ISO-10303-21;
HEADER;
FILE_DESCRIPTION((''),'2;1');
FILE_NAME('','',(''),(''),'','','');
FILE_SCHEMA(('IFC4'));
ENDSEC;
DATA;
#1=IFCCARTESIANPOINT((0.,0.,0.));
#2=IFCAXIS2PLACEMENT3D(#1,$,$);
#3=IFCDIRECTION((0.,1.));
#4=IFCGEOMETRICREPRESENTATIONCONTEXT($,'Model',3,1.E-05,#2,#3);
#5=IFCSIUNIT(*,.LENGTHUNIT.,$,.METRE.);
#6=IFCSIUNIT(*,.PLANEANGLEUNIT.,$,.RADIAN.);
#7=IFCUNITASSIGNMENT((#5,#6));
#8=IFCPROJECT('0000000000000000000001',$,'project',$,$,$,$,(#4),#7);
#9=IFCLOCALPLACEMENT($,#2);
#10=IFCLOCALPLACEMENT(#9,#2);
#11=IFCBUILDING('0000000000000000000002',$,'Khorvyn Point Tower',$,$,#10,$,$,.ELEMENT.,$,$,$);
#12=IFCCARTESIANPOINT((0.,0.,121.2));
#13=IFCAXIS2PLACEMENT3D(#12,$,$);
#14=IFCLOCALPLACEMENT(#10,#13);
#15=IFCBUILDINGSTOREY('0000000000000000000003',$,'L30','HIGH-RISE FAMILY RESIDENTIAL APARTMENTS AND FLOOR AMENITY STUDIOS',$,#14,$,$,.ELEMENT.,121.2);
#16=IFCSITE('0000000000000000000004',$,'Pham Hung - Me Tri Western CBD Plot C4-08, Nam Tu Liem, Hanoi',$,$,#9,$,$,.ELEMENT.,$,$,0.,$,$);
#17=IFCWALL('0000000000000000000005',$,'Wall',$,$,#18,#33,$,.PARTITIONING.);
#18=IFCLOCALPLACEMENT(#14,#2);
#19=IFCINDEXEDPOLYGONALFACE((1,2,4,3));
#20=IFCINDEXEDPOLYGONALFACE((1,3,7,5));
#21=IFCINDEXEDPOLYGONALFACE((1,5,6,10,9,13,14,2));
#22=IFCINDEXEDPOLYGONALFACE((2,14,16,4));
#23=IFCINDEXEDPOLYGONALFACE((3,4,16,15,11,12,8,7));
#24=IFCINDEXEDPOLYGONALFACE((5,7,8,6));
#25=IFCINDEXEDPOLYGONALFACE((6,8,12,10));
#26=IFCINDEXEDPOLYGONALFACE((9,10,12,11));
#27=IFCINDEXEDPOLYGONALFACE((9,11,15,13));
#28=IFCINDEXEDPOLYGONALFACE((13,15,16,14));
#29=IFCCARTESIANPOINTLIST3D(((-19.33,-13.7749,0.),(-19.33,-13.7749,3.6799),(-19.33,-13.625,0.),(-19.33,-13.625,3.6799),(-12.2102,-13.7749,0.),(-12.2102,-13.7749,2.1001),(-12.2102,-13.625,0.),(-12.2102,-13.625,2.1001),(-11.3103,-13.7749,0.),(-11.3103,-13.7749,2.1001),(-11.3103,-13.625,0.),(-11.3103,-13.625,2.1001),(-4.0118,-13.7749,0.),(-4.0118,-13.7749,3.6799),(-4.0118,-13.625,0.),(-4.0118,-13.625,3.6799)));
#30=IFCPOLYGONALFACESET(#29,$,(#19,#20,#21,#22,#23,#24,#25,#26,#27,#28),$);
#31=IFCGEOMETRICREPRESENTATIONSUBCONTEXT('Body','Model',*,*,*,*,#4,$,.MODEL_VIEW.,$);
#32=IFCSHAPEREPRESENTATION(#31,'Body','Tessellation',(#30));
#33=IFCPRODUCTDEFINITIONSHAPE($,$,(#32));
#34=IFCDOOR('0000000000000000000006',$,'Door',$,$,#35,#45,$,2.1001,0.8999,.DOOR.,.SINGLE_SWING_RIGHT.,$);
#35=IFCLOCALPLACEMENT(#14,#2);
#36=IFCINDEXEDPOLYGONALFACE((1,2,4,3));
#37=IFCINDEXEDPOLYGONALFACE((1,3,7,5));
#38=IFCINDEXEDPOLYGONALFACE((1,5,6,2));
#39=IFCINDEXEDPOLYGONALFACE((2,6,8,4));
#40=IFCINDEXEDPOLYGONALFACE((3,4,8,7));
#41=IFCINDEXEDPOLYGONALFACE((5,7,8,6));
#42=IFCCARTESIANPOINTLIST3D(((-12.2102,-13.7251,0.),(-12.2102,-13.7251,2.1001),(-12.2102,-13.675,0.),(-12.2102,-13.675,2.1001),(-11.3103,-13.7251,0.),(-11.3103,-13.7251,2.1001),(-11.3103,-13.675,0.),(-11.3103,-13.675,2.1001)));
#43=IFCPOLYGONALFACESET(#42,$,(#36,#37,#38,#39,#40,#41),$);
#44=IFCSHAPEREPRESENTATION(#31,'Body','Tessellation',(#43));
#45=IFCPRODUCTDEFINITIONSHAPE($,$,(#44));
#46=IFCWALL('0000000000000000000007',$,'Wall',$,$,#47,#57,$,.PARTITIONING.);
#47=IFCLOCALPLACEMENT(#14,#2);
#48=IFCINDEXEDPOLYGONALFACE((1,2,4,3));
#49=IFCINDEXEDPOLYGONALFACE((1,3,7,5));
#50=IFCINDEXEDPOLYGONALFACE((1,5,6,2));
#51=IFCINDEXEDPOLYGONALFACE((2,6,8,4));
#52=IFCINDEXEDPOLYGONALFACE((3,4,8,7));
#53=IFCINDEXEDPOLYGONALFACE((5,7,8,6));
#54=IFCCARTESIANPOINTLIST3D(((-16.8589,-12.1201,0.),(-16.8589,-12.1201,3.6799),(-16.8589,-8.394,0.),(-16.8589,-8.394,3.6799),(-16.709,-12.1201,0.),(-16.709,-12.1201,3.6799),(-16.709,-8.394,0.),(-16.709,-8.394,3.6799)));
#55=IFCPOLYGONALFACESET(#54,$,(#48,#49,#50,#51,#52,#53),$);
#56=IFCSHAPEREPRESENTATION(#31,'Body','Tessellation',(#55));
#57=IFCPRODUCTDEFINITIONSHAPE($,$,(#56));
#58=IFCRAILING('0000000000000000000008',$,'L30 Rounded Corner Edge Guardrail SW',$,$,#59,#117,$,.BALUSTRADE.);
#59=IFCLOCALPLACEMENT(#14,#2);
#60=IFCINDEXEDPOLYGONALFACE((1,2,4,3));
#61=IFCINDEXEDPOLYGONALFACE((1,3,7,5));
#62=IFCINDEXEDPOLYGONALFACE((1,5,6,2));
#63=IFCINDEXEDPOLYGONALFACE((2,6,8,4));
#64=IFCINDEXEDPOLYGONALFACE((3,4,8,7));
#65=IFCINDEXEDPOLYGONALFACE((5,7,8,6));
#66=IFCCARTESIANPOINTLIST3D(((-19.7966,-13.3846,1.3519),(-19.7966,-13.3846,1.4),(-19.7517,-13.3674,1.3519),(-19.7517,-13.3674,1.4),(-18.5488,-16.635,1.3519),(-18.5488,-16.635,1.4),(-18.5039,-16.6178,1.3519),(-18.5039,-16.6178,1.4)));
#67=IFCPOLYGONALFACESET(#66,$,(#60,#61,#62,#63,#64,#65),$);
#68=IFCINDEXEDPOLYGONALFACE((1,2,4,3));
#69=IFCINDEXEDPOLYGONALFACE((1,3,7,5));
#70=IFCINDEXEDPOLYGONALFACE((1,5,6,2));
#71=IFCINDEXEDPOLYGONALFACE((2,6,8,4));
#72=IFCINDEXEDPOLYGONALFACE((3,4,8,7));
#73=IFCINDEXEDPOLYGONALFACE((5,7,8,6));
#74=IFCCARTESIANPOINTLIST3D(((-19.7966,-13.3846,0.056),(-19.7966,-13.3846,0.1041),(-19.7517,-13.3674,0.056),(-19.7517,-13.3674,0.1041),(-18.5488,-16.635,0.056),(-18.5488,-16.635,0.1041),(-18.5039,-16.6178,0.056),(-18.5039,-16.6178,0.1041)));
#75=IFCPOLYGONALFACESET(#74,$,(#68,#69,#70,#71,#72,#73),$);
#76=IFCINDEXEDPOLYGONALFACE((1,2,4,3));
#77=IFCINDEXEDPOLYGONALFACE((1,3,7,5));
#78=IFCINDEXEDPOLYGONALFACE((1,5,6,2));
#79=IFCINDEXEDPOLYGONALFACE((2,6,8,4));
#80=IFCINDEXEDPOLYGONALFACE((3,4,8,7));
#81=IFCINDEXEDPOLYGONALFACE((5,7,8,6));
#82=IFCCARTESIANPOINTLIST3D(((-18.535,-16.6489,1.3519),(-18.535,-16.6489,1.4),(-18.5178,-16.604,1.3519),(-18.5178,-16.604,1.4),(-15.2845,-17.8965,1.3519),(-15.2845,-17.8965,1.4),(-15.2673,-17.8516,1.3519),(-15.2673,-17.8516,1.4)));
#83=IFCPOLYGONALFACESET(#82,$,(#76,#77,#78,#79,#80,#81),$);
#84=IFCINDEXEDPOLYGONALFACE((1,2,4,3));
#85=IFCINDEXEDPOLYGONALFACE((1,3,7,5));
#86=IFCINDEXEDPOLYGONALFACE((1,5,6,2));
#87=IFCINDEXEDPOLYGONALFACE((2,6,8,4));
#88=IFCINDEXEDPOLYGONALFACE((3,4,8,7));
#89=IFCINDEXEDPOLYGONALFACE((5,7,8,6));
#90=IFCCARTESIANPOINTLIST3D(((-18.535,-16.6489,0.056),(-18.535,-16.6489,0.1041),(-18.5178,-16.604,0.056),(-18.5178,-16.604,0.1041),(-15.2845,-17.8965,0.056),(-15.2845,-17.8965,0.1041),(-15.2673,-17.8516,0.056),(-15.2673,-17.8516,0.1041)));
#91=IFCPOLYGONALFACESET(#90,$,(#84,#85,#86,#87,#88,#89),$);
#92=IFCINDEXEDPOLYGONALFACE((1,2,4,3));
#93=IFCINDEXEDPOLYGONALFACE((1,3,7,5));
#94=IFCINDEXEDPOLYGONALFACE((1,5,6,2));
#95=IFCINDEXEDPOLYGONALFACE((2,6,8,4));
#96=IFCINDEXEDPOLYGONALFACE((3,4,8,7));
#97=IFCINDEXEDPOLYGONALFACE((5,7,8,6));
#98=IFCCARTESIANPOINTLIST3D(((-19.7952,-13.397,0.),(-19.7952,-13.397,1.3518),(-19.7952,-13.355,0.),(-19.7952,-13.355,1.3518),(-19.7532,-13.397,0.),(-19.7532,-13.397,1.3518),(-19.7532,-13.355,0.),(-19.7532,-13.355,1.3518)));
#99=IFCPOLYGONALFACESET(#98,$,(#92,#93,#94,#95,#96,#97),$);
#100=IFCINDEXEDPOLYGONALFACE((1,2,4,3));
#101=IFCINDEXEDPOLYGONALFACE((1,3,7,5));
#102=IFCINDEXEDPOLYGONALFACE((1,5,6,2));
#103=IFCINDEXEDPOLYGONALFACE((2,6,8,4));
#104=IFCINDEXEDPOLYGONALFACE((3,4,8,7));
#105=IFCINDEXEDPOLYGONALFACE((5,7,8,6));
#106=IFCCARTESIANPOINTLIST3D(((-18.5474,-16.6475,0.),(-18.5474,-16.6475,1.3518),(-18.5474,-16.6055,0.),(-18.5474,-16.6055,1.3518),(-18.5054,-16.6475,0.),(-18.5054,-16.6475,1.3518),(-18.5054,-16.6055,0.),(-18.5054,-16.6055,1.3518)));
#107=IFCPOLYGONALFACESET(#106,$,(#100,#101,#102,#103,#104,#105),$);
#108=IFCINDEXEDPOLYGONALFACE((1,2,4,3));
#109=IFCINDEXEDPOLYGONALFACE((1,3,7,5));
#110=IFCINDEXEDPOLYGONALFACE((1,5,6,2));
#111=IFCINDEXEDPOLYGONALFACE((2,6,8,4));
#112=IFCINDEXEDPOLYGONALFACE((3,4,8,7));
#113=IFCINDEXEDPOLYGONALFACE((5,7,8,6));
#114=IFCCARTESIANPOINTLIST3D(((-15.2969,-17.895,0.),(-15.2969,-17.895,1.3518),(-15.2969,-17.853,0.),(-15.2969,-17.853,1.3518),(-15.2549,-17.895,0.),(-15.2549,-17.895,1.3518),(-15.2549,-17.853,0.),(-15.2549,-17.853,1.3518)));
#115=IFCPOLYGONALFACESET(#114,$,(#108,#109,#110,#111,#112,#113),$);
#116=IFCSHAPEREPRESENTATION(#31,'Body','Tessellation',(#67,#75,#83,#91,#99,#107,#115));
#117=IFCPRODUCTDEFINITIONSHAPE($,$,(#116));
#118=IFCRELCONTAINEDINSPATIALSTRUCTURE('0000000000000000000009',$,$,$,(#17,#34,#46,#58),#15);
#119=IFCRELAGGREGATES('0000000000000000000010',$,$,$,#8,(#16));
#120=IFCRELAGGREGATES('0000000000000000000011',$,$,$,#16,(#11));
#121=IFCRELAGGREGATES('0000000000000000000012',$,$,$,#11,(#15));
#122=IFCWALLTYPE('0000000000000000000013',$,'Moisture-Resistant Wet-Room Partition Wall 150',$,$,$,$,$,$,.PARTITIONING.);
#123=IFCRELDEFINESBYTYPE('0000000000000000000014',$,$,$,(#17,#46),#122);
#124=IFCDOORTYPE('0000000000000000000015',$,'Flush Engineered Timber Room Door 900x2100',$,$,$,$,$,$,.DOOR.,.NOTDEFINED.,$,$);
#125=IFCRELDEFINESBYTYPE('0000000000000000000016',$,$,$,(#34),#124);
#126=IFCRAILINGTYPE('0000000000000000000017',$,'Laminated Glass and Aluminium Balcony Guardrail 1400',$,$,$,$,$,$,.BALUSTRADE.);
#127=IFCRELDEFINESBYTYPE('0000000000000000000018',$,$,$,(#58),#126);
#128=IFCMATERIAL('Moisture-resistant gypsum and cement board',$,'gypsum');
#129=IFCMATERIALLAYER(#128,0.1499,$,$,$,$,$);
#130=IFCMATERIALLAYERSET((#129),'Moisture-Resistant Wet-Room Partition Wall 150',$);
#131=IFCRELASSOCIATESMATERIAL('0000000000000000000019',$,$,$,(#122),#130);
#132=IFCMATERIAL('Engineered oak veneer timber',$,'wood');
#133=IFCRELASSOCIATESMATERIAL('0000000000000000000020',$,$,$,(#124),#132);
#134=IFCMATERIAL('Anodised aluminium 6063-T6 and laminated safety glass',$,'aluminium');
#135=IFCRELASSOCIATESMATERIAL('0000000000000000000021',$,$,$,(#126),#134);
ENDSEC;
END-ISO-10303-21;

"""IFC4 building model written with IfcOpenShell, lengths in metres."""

from ifc_helpers import new_model, si_unit, direction, frame, frame_2d, origin, origin_2d, place, context, subcontext, project, spatial, rectangle, extrude, material, layer, layer_set, type_object, element, fill, save


model = new_model("IFC4")

# Units and contexts
model_context = context("Model", 3, precision=1e-05, world=origin(), true_north=direction((0.0, 1.0)))
body_context = subcontext(model_context, "Body", "Model", "MODEL_VIEW")
ifc_project = project(units=[si_unit("LENGTHUNIT", "METRE"), si_unit("PLANEANGLEUNIT", "RADIAN")], contexts=[model_context])

# Site, building, storey
site_placement = place(None, origin())
site = spatial("IfcSite", under=ifc_project, at=site_placement, Name="Pham Hung - Me Tri Western CBD Plot C4-08, Nam Tu Liem, Hanoi", CompositionType="ELEMENT", RefElevation=0.0)
building_placement = place(site_placement, origin())
building = spatial("IfcBuilding", under=site, at=building_placement, Name="Khorvyn Point Tower", CompositionType="ELEMENT")
storey_placement = place(building_placement, frame((0.0, 0.0, 121.2)))
storey = spatial("IfcBuildingStorey", under=building, at=storey_placement, Name="L30", Description="HIGH-RISE FAMILY RESIDENTIAL APARTMENTS AND FLOOR AMENITY STUDIOS", CompositionType="ELEMENT", Elevation=121.2)

# Wall, opening, door
ifc_material_1 = material(Name="Moisture-resistant gypsum and cement board", Category="gypsum")
ifc_layer_1 = layer(ifc_material_1, 0.1499)
ifc_layer_set_1 = layer_set([ifc_layer_1], Name="Moisture-Resistant Wet-Room Partition Wall 150")
wall_type_1 = type_object("IfcWallType", Name="Moisture-Resistant Wet-Room Partition Wall 150", PredefinedType="PARTITIONING", material=ifc_layer_set_1)
wall_1_placement = place(storey_placement, frame((-19.3301, -13.7, 0.0), z_axis=(0.0, 0.0, 1.0), x_axis=(1.0, 0.0, 0.0)))
wall_1 = element("IfcWall", 1, at=wall_1_placement, inside=storey, type_object=wall_type_1, Name="Wall", PredefinedType="PARTITIONING", context=body_context, shape_type="SweptSolid", body=[
    extrude(rectangle(XDim=15.3181, YDim=0.1499, at=frame_2d((7.6592, 0.0))), origin(), (0.0, 0.0, 1.0), 3.6799),
])
opening_placement = place(wall_1_placement, frame((7.1199, 0.0, 0.0)))
opening = element("IfcOpeningElement", 2, at=opening_placement, cuts=wall_1, PredefinedType="OPENING", context=body_context, shape_type="SweptSolid", body=[
    extrude(rectangle(XDim=0.8999, YDim=2.1001, at=frame_2d((0.45, 1.05))), frame((0.0, 0.085, 0.0), z_axis=(0.0, -1.0, 0.0), x_axis=(1.0, 0.0, 0.0)), (0.0, 0.0, 1.0), 0.1699),
])
ifc_material_2 = material(Name="Engineered oak veneer timber", Category="wood")
door_type = type_object("IfcDoorType", Name="Flush Engineered Timber Room Door 900x2100", OperationType="NOTDEFINED", PredefinedType="DOOR", material=ifc_material_2)
door_placement = place(opening_placement, origin())
door = element("IfcDoor", 3, at=door_placement, inside=storey, type_object=door_type, Name="Door", OperationType="SINGLE_SWING_RIGHT", OverallHeight=2.1001, OverallWidth=0.8999, PredefinedType="DOOR", context=body_context, shape_type="SweptSolid", body=[
    extrude(rectangle(XDim=0.8999, YDim=2.1001, at=frame_2d((0.45, 1.05))), frame((0.0, 0.0249, 0.0), z_axis=(0.0, -1.0, 0.0), x_axis=(1.0, 0.0, 0.0)), (0.0, 0.0, 1.0), 0.05),
])
fill(opening, door)

# Wall
wall_2_placement = place(storey_placement, frame((-16.7839, -12.1201, 0.0), z_axis=(0.0, 0.0, 1.0), x_axis=(0.0, 1.0, 0.0)))
element("IfcWall", 4, at=wall_2_placement, inside=storey, type_object=wall_type_1, Name="Wall", PredefinedType="PARTITIONING", context=body_context, shape_type="SweptSolid", body=[
    extrude(rectangle(XDim=3.7261, YDim=0.1499, at=frame_2d((1.863, 0.0))), origin(), (0.0, 0.0, 1.0), 3.6799),
])

# Railing
ifc_material_3 = material(Name="Anodised aluminium 6063-T6 and laminated safety glass", Category="aluminium")
railing_type = type_object("IfcRailingType", Name="Laminated Glass and Aluminium Balcony Guardrail 1400", PredefinedType="BALUSTRADE", material=ifc_material_3)
railing_1_placement = place(storey_placement, frame((-19.7742, -13.376, 0.0)))
element("IfcRailing", 5, at=railing_1_placement, inside=storey, type_object=railing_type, Name="L30 Rounded Corner Edge Guardrail SW", PredefinedType="BALUSTRADE", context=body_context, shape_type="SweptSolid", body=[
    extrude(rectangle(XDim=0.0481, YDim=0.0481, at=origin_2d()), frame((0.0, 0.0, 1.376), z_axis=(0.358382, -0.933575, 0.0), x_axis=(0.933575, 0.358382, 0.0)), (0.0, 0.0, 1.0), 3.4817),
    extrude(rectangle(XDim=0.0481, YDim=0.0481, at=origin_2d()), frame((0.0, 0.0, 0.0801), z_axis=(0.358382, -0.933575, 0.0), x_axis=(0.933575, 0.358382, 0.0)), (0.0, 0.0, 1.0), 3.4817),
    extrude(rectangle(XDim=0.0481, YDim=0.0481, at=origin_2d()), frame((1.2478, -3.2505, 1.376), z_axis=(0.933598, -0.358321, 0.0), x_axis=(0.358321, 0.933598, 0.0)), (0.0, 0.0, 1.0), 3.4817),
    extrude(rectangle(XDim=0.0481, YDim=0.0481, at=origin_2d()), frame((1.2478, -3.2505, 0.0801), z_axis=(0.933598, -0.358321, 0.0), x_axis=(0.358321, 0.933598, 0.0)), (0.0, 0.0, 1.0), 3.4817),
    extrude(rectangle(XDim=0.042, YDim=0.042, at=origin_2d()), origin(), (0.0, 0.0, 1.0), 1.3518),
    extrude(rectangle(XDim=0.042, YDim=0.042, at=origin_2d()), frame((1.2478, -3.2505, 0.0)), (0.0, 0.0, 1.0), 1.3518),
    extrude(rectangle(XDim=0.042, YDim=0.042, at=origin_2d()), frame((4.4983, -4.498, 0.0)), (0.0, 0.0, 1.0), 1.3518),
])

save(model, "model.ifc")
